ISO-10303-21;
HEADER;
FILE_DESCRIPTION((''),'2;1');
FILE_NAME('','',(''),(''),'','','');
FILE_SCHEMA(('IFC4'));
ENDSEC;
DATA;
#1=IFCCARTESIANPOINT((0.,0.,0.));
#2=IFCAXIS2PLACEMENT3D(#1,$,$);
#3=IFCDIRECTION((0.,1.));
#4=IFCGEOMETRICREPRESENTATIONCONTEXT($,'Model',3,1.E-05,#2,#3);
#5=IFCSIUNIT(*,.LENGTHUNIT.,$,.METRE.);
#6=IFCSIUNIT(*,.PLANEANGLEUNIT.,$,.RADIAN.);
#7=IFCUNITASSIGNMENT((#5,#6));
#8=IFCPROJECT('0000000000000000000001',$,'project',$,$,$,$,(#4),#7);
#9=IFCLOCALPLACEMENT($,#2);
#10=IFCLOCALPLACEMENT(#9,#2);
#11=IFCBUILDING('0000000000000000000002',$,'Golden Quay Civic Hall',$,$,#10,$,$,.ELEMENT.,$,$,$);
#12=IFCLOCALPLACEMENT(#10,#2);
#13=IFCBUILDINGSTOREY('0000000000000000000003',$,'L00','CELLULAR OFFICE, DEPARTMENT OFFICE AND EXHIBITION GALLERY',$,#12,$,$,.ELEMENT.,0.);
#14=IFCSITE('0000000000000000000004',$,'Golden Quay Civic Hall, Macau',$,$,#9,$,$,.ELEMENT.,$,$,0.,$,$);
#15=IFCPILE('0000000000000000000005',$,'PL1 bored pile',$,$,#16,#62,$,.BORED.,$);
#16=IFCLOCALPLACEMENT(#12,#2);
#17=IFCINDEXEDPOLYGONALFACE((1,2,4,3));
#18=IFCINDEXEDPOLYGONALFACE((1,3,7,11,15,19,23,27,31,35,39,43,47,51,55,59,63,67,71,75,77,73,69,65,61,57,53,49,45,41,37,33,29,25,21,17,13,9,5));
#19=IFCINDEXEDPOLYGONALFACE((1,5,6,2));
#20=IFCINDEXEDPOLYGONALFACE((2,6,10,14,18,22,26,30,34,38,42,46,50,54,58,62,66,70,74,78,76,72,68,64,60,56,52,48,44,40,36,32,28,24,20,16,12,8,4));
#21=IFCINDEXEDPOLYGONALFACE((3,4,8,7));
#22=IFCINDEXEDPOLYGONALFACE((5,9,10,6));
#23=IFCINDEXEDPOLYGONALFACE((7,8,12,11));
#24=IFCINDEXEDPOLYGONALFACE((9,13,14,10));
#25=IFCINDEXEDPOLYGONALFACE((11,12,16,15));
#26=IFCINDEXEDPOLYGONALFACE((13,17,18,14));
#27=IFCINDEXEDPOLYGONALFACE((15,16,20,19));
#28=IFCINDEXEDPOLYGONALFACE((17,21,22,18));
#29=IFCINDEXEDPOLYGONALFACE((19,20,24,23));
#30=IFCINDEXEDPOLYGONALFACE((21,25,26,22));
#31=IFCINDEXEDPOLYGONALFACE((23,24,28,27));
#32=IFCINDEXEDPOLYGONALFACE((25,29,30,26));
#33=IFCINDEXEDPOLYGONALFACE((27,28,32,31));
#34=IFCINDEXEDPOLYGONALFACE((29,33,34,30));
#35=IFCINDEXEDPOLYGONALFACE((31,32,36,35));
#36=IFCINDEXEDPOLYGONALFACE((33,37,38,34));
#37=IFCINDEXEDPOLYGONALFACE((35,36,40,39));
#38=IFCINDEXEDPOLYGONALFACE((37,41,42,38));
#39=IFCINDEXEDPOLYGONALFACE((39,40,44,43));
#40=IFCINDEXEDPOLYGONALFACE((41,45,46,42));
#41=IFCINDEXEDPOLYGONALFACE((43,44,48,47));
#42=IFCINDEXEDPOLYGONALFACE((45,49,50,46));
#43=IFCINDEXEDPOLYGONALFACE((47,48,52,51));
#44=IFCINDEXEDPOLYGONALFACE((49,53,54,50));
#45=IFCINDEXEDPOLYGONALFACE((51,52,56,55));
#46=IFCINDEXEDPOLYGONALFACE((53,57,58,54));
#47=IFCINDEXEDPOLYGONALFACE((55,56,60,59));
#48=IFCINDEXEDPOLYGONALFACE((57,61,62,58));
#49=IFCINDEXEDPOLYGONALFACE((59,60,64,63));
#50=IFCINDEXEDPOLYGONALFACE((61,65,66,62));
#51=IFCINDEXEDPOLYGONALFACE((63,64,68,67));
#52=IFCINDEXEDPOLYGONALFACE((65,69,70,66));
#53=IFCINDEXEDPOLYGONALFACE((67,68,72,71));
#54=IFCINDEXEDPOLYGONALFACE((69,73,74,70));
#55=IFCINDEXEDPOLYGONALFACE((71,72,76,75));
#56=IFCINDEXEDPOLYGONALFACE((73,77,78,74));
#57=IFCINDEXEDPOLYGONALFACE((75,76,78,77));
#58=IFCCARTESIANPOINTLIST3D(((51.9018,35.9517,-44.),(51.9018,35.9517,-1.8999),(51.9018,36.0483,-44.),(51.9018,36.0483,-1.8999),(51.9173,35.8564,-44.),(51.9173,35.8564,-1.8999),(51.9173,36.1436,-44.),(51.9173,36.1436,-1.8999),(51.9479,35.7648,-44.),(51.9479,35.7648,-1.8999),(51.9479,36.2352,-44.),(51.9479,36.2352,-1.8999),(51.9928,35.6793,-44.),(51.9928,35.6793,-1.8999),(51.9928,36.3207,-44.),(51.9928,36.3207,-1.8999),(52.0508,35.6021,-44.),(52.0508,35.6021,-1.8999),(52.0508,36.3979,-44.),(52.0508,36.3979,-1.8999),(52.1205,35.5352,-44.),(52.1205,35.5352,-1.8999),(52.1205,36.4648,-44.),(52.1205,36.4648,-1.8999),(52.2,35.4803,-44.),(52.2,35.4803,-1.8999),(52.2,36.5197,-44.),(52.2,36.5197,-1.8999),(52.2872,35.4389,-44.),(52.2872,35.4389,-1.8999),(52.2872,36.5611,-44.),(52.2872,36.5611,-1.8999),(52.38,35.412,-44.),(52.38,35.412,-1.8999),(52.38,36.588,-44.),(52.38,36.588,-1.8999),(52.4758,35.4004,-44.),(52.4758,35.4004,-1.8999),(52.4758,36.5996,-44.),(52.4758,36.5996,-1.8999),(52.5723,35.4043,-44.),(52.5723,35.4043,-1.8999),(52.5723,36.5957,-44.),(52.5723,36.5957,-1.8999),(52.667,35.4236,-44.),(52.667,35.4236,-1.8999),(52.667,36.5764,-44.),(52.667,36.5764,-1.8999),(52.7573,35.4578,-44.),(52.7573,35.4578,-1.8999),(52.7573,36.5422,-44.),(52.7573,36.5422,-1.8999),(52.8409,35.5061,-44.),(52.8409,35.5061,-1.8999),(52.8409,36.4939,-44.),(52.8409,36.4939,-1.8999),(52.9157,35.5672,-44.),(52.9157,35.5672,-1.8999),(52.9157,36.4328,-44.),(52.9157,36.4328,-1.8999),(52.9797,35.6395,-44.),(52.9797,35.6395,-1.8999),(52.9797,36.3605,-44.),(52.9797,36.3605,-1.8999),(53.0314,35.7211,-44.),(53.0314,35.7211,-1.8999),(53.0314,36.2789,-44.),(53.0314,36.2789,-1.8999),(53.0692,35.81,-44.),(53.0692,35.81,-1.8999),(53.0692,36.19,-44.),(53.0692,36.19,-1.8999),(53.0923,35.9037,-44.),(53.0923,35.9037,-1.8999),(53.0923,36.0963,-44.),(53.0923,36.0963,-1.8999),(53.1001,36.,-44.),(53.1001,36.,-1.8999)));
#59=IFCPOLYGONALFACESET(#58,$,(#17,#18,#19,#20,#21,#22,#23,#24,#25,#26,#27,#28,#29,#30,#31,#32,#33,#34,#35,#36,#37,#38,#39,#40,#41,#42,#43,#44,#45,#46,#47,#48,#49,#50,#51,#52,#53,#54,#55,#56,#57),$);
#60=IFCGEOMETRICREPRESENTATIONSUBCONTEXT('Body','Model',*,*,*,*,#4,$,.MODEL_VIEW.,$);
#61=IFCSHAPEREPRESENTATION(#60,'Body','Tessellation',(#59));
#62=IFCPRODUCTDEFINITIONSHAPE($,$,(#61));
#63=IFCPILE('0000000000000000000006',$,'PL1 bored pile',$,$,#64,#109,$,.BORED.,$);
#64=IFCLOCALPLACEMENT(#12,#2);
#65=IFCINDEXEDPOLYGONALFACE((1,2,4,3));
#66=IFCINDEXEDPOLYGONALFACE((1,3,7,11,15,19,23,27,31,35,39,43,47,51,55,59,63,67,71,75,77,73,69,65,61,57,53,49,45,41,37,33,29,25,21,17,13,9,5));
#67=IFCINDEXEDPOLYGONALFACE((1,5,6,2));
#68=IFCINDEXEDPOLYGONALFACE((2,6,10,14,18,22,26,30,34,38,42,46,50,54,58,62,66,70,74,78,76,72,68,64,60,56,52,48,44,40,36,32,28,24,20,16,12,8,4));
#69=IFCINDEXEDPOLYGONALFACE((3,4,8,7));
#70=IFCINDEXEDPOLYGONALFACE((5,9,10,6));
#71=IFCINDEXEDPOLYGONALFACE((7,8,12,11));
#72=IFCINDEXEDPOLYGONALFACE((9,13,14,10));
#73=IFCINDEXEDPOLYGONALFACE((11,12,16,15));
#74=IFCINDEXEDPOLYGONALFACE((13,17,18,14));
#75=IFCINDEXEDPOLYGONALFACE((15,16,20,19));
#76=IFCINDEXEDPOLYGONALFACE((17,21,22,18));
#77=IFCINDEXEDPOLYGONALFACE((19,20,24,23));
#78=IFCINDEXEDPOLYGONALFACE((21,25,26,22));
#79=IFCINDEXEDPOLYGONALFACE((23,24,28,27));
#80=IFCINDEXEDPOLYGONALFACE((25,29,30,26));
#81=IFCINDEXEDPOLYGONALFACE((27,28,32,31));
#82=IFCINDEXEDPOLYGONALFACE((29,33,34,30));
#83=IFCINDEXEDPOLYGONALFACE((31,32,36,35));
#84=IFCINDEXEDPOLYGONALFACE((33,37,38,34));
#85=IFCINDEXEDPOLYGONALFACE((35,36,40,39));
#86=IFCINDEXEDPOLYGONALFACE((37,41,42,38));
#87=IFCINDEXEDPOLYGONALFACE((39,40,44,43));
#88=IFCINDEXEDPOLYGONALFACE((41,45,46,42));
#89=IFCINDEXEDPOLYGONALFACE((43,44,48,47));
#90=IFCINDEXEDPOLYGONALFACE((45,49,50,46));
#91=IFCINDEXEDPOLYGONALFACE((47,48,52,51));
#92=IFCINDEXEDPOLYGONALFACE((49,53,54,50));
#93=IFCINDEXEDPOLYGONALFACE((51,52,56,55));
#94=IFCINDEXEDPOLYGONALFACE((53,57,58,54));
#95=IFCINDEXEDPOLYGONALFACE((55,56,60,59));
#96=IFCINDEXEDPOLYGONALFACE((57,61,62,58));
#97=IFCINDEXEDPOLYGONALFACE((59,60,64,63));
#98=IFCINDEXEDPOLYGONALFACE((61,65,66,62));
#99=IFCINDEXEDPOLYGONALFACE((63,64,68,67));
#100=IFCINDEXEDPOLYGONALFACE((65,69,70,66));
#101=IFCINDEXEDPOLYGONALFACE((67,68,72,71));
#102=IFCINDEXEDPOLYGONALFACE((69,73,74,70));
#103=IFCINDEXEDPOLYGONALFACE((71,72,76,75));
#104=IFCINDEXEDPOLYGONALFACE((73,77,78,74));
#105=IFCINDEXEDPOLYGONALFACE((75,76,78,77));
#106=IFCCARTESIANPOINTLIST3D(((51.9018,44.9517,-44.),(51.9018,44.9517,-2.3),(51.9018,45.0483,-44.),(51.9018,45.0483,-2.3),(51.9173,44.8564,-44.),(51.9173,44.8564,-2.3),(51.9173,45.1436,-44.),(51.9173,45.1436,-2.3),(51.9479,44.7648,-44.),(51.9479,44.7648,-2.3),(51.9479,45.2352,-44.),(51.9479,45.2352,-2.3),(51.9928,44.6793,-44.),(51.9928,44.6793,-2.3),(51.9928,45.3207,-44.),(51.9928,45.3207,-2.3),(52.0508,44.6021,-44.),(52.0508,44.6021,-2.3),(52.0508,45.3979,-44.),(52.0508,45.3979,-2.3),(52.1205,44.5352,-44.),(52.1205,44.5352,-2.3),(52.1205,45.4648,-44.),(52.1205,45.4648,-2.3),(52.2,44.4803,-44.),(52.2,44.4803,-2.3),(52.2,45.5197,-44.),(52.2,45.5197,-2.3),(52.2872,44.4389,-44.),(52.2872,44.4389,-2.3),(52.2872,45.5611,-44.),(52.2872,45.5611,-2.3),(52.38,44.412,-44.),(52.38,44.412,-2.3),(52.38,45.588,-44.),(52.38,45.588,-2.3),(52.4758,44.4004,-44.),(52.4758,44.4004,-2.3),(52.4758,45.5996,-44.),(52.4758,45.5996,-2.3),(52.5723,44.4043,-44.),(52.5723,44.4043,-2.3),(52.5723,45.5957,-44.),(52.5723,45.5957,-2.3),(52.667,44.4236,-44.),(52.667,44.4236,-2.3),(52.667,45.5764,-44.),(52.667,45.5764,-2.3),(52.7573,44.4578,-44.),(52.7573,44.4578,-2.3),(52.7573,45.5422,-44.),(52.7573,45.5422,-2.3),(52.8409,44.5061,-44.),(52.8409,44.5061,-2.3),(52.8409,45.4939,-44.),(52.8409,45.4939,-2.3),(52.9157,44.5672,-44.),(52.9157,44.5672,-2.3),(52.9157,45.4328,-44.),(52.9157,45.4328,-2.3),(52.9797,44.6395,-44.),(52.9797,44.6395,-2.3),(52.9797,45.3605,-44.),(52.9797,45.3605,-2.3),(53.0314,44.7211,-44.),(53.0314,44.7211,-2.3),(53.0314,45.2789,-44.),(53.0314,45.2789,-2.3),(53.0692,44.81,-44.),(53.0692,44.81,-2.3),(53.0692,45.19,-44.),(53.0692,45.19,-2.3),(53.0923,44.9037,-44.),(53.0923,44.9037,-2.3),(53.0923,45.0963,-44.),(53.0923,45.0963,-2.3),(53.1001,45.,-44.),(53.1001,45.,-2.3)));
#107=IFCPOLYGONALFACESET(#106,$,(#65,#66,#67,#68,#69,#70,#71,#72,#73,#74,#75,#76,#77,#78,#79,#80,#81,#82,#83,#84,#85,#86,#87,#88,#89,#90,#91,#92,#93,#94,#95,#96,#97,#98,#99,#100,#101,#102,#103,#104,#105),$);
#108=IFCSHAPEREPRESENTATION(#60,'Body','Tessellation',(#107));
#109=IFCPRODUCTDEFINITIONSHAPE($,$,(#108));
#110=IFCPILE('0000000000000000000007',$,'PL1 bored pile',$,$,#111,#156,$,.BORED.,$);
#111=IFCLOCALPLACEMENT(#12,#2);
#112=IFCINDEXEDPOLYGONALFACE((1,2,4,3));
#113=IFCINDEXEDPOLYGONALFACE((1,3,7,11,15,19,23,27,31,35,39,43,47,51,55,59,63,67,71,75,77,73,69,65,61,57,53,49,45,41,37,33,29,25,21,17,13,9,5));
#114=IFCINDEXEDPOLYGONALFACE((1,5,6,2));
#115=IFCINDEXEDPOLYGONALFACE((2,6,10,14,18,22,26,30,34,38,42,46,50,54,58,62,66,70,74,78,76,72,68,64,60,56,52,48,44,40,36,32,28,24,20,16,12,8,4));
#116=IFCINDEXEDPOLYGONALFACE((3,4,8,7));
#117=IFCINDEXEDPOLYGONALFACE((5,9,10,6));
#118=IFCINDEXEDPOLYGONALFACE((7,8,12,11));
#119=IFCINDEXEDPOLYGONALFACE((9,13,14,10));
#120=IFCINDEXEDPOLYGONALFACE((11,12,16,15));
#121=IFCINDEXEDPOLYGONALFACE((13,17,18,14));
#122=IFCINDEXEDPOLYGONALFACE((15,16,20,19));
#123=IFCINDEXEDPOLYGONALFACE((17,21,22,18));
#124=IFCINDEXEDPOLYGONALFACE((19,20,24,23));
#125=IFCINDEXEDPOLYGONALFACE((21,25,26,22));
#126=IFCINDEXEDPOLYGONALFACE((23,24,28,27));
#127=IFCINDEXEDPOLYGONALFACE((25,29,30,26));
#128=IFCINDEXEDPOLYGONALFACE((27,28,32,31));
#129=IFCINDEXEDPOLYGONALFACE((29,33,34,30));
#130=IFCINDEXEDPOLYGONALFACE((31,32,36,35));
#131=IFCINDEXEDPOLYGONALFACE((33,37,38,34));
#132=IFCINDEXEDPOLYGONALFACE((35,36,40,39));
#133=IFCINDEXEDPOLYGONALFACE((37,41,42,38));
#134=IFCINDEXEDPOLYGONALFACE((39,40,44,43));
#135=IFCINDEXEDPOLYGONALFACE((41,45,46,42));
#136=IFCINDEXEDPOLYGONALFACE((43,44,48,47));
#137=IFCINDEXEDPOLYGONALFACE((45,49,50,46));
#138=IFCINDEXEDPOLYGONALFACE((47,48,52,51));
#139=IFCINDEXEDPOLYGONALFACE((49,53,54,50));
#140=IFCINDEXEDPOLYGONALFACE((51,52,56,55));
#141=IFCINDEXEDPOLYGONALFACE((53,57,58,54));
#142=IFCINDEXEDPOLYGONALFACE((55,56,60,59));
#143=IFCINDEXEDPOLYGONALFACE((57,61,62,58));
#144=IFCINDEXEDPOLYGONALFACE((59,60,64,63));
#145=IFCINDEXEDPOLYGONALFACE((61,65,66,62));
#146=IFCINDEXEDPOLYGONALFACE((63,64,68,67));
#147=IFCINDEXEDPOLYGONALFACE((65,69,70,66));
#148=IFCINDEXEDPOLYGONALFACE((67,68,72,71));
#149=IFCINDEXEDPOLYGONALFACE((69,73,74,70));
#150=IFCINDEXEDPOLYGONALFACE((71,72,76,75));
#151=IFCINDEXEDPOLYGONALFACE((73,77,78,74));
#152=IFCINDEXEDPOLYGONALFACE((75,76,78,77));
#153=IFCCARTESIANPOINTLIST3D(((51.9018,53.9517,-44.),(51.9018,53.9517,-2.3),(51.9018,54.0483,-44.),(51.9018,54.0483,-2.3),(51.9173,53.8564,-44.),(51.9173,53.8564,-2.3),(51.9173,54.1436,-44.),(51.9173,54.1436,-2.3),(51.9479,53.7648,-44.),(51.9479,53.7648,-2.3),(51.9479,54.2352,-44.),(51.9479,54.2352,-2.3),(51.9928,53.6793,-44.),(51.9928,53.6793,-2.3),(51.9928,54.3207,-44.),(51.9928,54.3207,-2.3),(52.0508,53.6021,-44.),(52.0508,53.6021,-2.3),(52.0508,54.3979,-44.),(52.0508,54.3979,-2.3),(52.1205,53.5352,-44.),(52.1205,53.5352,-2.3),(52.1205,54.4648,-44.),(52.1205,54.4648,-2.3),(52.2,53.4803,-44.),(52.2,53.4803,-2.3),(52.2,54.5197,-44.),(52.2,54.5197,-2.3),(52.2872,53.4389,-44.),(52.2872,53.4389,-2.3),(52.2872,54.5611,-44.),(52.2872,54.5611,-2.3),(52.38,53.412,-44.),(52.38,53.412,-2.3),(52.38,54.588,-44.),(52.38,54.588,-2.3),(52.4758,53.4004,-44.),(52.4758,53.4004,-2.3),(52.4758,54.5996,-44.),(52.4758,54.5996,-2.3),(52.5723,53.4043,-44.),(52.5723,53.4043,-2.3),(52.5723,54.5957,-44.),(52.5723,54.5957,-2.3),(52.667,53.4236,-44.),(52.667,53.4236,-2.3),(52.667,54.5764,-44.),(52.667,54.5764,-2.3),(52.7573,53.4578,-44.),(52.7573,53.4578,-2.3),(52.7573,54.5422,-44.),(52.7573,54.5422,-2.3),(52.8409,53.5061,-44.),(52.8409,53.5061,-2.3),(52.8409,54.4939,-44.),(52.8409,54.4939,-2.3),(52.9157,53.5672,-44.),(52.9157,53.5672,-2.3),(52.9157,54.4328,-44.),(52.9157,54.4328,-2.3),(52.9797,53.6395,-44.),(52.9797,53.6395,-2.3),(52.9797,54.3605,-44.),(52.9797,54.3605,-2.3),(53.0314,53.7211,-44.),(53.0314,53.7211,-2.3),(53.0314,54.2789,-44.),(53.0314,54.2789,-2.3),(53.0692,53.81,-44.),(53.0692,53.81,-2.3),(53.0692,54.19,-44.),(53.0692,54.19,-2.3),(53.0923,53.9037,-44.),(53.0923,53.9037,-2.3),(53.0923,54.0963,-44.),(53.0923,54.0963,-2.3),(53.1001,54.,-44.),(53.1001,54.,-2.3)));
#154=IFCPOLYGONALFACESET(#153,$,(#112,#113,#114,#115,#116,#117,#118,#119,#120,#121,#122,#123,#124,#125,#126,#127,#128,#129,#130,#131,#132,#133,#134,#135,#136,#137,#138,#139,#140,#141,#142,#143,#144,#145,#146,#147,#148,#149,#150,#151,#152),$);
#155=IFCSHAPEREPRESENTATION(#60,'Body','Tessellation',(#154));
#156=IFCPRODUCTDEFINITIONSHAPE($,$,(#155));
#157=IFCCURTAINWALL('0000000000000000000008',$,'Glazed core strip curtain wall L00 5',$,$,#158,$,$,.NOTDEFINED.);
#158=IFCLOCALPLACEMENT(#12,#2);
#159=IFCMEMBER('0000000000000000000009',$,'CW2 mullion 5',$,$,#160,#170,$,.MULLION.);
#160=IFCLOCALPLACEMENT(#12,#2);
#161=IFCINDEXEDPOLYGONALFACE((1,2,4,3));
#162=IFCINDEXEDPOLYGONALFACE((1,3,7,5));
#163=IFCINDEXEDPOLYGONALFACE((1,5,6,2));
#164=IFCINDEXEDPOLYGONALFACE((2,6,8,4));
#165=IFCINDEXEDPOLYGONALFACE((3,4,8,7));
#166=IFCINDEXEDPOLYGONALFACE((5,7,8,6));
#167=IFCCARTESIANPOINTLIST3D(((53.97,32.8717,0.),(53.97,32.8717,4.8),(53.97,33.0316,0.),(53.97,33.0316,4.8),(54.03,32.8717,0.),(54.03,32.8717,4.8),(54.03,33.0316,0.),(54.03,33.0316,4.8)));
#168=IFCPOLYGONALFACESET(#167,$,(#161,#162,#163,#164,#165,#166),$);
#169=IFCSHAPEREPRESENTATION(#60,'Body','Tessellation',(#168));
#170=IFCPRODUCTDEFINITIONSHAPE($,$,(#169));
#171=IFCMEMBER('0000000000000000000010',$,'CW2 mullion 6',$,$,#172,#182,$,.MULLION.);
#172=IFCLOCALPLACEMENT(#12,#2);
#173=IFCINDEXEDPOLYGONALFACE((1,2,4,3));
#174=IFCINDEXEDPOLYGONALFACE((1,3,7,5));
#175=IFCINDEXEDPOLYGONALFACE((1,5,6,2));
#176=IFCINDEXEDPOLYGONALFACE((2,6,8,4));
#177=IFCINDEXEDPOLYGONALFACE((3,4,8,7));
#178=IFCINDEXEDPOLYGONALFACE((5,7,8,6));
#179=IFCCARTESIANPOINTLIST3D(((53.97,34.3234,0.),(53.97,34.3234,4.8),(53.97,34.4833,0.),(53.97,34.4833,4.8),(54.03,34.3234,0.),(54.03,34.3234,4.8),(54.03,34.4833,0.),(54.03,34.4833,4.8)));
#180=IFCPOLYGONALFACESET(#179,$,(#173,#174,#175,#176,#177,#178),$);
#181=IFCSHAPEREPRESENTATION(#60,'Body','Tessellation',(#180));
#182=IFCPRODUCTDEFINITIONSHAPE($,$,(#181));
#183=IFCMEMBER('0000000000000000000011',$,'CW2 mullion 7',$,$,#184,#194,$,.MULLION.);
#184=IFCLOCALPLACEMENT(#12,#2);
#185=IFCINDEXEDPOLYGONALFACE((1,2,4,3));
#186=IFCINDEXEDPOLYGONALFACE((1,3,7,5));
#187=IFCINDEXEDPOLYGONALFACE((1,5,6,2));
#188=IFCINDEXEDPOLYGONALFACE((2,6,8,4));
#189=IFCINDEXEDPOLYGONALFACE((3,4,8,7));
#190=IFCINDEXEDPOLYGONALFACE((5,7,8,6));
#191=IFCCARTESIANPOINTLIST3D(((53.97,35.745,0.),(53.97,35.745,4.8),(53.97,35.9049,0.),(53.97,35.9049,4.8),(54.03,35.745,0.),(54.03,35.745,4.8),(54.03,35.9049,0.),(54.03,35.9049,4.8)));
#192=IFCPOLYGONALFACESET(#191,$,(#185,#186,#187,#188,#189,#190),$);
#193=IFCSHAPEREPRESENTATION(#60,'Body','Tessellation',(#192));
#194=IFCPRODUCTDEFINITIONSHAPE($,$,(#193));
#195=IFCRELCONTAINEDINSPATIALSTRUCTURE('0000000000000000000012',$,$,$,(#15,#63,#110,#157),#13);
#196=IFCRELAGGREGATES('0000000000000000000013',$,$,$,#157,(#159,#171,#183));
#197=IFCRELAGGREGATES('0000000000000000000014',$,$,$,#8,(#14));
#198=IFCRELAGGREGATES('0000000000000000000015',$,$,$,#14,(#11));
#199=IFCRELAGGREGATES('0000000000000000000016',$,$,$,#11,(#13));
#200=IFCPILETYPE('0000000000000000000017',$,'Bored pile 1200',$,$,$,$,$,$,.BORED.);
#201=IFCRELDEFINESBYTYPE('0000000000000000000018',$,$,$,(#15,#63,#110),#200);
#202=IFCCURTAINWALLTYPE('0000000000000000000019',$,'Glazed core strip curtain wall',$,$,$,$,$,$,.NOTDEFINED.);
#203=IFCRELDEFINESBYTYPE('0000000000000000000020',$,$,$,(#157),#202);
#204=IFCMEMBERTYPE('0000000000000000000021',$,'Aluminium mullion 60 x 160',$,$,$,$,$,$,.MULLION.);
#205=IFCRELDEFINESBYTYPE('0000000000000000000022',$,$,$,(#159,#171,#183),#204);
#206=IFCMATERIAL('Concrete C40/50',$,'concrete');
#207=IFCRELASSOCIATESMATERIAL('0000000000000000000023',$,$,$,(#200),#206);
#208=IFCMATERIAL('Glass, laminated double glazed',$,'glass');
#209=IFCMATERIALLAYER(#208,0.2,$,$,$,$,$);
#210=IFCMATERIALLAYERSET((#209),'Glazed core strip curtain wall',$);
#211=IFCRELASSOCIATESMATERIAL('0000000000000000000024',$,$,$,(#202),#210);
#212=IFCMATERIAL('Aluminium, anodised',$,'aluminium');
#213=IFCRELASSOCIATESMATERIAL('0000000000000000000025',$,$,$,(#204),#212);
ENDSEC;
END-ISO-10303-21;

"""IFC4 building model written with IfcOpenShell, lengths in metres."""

from ifc_helpers import new_model, si_unit, direction, frame, origin, origin_2d, place, context, subcontext, project, spatial, rectangle, circle, extrude, material, layer, layer_set, material_profile, profile_set, type_object, element, aggregate, save


model = new_model("IFC4")

# Units and contexts
model_context = context("Model", 3, precision=1e-05, world=origin(), true_north=direction((0.0, 1.0)))
body_context = subcontext(model_context, "Body", "Model", "MODEL_VIEW")
ifc_project = project(units=[si_unit("LENGTHUNIT", "METRE"), si_unit("PLANEANGLEUNIT", "RADIAN")], contexts=[model_context])

# Site, building, storey
site_placement = place(None, origin())
site = spatial("IfcSite", under=ifc_project, at=site_placement, Name="Golden Quay Civic Hall, Macau", CompositionType="ELEMENT", RefElevation=0.0)
building_placement = place(site_placement, origin())
building = spatial("IfcBuilding", under=site, at=building_placement, Name="Golden Quay Civic Hall", CompositionType="ELEMENT")
storey_placement = place(building_placement, origin())
storey = spatial("IfcBuildingStorey", under=building, at=storey_placement, Name="L00", Description="CELLULAR OFFICE, DEPARTMENT OFFICE AND EXHIBITION GALLERY", CompositionType="ELEMENT", Elevation=0.0)

# Piles
ifc_material_1 = material(Name="Concrete C40/50", Category="concrete")
ifc_material_profile_1 = material_profile(ifc_material_1, circle(Radius=0.6001, at=origin_2d()), Name="RC D1200")
ifc_profile_set_1 = profile_set([ifc_material_profile_1], Name="Concrete C40/50")
pile_type = type_object("IfcPileType", Name="Bored pile 1200", PredefinedType="BORED", material=ifc_profile_set_1)
pile_placement = place(storey_placement, frame((52.5, 36.0, -1.8999), z_axis=(0.0, 0.0, -1.0), x_axis=(1.0, 0.0, 0.0)))
element("IfcPile", 1, at=pile_placement, inside=storey, type_object=pile_type, Name="PL1 bored pile", PredefinedType="BORED", context=body_context, shape_type="SweptSolid", body=[
    extrude(circle(Radius=0.6001, at=origin_2d()), origin(), (0.0, 0.0, 1.0), 42.1001),
])
for number, where, z_axis, x_axis, name in (
    (2, (52.5, 45.0, -2.3), (0.0, 0.0, -1.0), (1.0, 0.0, 0.0), "PL1 bored pile"),
    (3, (52.5, 54.0, -2.3), (0.0, 0.0, -1.0), (1.0, 0.0, 0.0), "PL1 bored pile"),
):
    element("IfcPile", number, at=place(storey_placement, frame(where, z_axis=z_axis, x_axis=x_axis)), inside=storey, type_object=pile_type, Name=name, PredefinedType="BORED", context=body_context, shape_type="SweptSolid", body=[
        extrude(circle(Radius=0.6001, at=origin_2d()), origin(), (0.0, 0.0, 1.0), 41.7),
    ])

# Curtain wall, members
ifc_material_2 = material(Name="Glass, laminated double glazed", Category="glass")
ifc_layer_1 = layer(ifc_material_2, 0.2)
ifc_layer_set_1 = layer_set([ifc_layer_1], Name="Glazed core strip curtain wall")
curtain_wall_type = type_object("IfcCurtainWallType", Name="Glazed core strip curtain wall", PredefinedType="NOTDEFINED", material=ifc_layer_set_1)
curtain_wall_placement = place(storey_placement, origin())
curtain_wall = element("IfcCurtainWall", 4, at=curtain_wall_placement, inside=storey, type_object=curtain_wall_type, Name="Glazed core strip curtain wall L00 5", PredefinedType="NOTDEFINED")
ifc_material_3 = material(Name="Aluminium, anodised", Category="aluminium")
ifc_material_profile_2 = material_profile(ifc_material_3, rectangle(XDim=0.0601, YDim=0.1599, at=origin_2d()), Name="Aluminium 60 x 160")
ifc_profile_set_2 = profile_set([ifc_material_profile_2], Name="Aluminium, anodised")
member_type_1 = type_object("IfcMemberType", Name="Aluminium mullion 60 x 160", PredefinedType="MULLION", material=ifc_profile_set_2)
member_1_placement = place(storey_placement, frame((54.0, 32.9517, 0.0), z_axis=(0.0, 0.0, 1.0), x_axis=(-1.0, 0.0, 0.0)))
member_1 = element("IfcMember", 5, at=member_1_placement, type_object=member_type_1, Name="CW2 mullion 5", PredefinedType="MULLION", context=body_context, shape_type="SweptSolid", body=[
    extrude(rectangle(XDim=0.0601, YDim=0.1599, at=origin_2d()), origin(), (0.0, 0.0, 1.0), 4.8),
])
member_2_placement = place(storey_placement, frame((54.0, 34.4033, 0.0), z_axis=(0.0, 0.0, 1.0), x_axis=(-1.0, 0.0, 0.0)))
member_2 = element("IfcMember", 6, at=member_2_placement, type_object=member_type_1, Name="CW2 mullion 6", PredefinedType="MULLION", context=body_context, shape_type="SweptSolid", body=[
    extrude(rectangle(XDim=0.0601, YDim=0.1599, at=origin_2d()), origin(), (0.0, 0.0, 1.0), 4.8),
])
member_3_placement = place(storey_placement, frame((54.0, 35.825, 0.0), z_axis=(0.0, 0.0, 1.0), x_axis=(-1.0, 0.0, 0.0)))
member_3 = element("IfcMember", 7, at=member_3_placement, type_object=member_type_1, Name="CW2 mullion 7", PredefinedType="MULLION", context=body_context, shape_type="SweptSolid", body=[
    extrude(rectangle(XDim=0.0601, YDim=0.1599, at=origin_2d()), origin(), (0.0, 0.0, 1.0), 4.8),
])

aggregate(curtain_wall, [member_1, member_2, member_3])

save(model, "model.ifc")
